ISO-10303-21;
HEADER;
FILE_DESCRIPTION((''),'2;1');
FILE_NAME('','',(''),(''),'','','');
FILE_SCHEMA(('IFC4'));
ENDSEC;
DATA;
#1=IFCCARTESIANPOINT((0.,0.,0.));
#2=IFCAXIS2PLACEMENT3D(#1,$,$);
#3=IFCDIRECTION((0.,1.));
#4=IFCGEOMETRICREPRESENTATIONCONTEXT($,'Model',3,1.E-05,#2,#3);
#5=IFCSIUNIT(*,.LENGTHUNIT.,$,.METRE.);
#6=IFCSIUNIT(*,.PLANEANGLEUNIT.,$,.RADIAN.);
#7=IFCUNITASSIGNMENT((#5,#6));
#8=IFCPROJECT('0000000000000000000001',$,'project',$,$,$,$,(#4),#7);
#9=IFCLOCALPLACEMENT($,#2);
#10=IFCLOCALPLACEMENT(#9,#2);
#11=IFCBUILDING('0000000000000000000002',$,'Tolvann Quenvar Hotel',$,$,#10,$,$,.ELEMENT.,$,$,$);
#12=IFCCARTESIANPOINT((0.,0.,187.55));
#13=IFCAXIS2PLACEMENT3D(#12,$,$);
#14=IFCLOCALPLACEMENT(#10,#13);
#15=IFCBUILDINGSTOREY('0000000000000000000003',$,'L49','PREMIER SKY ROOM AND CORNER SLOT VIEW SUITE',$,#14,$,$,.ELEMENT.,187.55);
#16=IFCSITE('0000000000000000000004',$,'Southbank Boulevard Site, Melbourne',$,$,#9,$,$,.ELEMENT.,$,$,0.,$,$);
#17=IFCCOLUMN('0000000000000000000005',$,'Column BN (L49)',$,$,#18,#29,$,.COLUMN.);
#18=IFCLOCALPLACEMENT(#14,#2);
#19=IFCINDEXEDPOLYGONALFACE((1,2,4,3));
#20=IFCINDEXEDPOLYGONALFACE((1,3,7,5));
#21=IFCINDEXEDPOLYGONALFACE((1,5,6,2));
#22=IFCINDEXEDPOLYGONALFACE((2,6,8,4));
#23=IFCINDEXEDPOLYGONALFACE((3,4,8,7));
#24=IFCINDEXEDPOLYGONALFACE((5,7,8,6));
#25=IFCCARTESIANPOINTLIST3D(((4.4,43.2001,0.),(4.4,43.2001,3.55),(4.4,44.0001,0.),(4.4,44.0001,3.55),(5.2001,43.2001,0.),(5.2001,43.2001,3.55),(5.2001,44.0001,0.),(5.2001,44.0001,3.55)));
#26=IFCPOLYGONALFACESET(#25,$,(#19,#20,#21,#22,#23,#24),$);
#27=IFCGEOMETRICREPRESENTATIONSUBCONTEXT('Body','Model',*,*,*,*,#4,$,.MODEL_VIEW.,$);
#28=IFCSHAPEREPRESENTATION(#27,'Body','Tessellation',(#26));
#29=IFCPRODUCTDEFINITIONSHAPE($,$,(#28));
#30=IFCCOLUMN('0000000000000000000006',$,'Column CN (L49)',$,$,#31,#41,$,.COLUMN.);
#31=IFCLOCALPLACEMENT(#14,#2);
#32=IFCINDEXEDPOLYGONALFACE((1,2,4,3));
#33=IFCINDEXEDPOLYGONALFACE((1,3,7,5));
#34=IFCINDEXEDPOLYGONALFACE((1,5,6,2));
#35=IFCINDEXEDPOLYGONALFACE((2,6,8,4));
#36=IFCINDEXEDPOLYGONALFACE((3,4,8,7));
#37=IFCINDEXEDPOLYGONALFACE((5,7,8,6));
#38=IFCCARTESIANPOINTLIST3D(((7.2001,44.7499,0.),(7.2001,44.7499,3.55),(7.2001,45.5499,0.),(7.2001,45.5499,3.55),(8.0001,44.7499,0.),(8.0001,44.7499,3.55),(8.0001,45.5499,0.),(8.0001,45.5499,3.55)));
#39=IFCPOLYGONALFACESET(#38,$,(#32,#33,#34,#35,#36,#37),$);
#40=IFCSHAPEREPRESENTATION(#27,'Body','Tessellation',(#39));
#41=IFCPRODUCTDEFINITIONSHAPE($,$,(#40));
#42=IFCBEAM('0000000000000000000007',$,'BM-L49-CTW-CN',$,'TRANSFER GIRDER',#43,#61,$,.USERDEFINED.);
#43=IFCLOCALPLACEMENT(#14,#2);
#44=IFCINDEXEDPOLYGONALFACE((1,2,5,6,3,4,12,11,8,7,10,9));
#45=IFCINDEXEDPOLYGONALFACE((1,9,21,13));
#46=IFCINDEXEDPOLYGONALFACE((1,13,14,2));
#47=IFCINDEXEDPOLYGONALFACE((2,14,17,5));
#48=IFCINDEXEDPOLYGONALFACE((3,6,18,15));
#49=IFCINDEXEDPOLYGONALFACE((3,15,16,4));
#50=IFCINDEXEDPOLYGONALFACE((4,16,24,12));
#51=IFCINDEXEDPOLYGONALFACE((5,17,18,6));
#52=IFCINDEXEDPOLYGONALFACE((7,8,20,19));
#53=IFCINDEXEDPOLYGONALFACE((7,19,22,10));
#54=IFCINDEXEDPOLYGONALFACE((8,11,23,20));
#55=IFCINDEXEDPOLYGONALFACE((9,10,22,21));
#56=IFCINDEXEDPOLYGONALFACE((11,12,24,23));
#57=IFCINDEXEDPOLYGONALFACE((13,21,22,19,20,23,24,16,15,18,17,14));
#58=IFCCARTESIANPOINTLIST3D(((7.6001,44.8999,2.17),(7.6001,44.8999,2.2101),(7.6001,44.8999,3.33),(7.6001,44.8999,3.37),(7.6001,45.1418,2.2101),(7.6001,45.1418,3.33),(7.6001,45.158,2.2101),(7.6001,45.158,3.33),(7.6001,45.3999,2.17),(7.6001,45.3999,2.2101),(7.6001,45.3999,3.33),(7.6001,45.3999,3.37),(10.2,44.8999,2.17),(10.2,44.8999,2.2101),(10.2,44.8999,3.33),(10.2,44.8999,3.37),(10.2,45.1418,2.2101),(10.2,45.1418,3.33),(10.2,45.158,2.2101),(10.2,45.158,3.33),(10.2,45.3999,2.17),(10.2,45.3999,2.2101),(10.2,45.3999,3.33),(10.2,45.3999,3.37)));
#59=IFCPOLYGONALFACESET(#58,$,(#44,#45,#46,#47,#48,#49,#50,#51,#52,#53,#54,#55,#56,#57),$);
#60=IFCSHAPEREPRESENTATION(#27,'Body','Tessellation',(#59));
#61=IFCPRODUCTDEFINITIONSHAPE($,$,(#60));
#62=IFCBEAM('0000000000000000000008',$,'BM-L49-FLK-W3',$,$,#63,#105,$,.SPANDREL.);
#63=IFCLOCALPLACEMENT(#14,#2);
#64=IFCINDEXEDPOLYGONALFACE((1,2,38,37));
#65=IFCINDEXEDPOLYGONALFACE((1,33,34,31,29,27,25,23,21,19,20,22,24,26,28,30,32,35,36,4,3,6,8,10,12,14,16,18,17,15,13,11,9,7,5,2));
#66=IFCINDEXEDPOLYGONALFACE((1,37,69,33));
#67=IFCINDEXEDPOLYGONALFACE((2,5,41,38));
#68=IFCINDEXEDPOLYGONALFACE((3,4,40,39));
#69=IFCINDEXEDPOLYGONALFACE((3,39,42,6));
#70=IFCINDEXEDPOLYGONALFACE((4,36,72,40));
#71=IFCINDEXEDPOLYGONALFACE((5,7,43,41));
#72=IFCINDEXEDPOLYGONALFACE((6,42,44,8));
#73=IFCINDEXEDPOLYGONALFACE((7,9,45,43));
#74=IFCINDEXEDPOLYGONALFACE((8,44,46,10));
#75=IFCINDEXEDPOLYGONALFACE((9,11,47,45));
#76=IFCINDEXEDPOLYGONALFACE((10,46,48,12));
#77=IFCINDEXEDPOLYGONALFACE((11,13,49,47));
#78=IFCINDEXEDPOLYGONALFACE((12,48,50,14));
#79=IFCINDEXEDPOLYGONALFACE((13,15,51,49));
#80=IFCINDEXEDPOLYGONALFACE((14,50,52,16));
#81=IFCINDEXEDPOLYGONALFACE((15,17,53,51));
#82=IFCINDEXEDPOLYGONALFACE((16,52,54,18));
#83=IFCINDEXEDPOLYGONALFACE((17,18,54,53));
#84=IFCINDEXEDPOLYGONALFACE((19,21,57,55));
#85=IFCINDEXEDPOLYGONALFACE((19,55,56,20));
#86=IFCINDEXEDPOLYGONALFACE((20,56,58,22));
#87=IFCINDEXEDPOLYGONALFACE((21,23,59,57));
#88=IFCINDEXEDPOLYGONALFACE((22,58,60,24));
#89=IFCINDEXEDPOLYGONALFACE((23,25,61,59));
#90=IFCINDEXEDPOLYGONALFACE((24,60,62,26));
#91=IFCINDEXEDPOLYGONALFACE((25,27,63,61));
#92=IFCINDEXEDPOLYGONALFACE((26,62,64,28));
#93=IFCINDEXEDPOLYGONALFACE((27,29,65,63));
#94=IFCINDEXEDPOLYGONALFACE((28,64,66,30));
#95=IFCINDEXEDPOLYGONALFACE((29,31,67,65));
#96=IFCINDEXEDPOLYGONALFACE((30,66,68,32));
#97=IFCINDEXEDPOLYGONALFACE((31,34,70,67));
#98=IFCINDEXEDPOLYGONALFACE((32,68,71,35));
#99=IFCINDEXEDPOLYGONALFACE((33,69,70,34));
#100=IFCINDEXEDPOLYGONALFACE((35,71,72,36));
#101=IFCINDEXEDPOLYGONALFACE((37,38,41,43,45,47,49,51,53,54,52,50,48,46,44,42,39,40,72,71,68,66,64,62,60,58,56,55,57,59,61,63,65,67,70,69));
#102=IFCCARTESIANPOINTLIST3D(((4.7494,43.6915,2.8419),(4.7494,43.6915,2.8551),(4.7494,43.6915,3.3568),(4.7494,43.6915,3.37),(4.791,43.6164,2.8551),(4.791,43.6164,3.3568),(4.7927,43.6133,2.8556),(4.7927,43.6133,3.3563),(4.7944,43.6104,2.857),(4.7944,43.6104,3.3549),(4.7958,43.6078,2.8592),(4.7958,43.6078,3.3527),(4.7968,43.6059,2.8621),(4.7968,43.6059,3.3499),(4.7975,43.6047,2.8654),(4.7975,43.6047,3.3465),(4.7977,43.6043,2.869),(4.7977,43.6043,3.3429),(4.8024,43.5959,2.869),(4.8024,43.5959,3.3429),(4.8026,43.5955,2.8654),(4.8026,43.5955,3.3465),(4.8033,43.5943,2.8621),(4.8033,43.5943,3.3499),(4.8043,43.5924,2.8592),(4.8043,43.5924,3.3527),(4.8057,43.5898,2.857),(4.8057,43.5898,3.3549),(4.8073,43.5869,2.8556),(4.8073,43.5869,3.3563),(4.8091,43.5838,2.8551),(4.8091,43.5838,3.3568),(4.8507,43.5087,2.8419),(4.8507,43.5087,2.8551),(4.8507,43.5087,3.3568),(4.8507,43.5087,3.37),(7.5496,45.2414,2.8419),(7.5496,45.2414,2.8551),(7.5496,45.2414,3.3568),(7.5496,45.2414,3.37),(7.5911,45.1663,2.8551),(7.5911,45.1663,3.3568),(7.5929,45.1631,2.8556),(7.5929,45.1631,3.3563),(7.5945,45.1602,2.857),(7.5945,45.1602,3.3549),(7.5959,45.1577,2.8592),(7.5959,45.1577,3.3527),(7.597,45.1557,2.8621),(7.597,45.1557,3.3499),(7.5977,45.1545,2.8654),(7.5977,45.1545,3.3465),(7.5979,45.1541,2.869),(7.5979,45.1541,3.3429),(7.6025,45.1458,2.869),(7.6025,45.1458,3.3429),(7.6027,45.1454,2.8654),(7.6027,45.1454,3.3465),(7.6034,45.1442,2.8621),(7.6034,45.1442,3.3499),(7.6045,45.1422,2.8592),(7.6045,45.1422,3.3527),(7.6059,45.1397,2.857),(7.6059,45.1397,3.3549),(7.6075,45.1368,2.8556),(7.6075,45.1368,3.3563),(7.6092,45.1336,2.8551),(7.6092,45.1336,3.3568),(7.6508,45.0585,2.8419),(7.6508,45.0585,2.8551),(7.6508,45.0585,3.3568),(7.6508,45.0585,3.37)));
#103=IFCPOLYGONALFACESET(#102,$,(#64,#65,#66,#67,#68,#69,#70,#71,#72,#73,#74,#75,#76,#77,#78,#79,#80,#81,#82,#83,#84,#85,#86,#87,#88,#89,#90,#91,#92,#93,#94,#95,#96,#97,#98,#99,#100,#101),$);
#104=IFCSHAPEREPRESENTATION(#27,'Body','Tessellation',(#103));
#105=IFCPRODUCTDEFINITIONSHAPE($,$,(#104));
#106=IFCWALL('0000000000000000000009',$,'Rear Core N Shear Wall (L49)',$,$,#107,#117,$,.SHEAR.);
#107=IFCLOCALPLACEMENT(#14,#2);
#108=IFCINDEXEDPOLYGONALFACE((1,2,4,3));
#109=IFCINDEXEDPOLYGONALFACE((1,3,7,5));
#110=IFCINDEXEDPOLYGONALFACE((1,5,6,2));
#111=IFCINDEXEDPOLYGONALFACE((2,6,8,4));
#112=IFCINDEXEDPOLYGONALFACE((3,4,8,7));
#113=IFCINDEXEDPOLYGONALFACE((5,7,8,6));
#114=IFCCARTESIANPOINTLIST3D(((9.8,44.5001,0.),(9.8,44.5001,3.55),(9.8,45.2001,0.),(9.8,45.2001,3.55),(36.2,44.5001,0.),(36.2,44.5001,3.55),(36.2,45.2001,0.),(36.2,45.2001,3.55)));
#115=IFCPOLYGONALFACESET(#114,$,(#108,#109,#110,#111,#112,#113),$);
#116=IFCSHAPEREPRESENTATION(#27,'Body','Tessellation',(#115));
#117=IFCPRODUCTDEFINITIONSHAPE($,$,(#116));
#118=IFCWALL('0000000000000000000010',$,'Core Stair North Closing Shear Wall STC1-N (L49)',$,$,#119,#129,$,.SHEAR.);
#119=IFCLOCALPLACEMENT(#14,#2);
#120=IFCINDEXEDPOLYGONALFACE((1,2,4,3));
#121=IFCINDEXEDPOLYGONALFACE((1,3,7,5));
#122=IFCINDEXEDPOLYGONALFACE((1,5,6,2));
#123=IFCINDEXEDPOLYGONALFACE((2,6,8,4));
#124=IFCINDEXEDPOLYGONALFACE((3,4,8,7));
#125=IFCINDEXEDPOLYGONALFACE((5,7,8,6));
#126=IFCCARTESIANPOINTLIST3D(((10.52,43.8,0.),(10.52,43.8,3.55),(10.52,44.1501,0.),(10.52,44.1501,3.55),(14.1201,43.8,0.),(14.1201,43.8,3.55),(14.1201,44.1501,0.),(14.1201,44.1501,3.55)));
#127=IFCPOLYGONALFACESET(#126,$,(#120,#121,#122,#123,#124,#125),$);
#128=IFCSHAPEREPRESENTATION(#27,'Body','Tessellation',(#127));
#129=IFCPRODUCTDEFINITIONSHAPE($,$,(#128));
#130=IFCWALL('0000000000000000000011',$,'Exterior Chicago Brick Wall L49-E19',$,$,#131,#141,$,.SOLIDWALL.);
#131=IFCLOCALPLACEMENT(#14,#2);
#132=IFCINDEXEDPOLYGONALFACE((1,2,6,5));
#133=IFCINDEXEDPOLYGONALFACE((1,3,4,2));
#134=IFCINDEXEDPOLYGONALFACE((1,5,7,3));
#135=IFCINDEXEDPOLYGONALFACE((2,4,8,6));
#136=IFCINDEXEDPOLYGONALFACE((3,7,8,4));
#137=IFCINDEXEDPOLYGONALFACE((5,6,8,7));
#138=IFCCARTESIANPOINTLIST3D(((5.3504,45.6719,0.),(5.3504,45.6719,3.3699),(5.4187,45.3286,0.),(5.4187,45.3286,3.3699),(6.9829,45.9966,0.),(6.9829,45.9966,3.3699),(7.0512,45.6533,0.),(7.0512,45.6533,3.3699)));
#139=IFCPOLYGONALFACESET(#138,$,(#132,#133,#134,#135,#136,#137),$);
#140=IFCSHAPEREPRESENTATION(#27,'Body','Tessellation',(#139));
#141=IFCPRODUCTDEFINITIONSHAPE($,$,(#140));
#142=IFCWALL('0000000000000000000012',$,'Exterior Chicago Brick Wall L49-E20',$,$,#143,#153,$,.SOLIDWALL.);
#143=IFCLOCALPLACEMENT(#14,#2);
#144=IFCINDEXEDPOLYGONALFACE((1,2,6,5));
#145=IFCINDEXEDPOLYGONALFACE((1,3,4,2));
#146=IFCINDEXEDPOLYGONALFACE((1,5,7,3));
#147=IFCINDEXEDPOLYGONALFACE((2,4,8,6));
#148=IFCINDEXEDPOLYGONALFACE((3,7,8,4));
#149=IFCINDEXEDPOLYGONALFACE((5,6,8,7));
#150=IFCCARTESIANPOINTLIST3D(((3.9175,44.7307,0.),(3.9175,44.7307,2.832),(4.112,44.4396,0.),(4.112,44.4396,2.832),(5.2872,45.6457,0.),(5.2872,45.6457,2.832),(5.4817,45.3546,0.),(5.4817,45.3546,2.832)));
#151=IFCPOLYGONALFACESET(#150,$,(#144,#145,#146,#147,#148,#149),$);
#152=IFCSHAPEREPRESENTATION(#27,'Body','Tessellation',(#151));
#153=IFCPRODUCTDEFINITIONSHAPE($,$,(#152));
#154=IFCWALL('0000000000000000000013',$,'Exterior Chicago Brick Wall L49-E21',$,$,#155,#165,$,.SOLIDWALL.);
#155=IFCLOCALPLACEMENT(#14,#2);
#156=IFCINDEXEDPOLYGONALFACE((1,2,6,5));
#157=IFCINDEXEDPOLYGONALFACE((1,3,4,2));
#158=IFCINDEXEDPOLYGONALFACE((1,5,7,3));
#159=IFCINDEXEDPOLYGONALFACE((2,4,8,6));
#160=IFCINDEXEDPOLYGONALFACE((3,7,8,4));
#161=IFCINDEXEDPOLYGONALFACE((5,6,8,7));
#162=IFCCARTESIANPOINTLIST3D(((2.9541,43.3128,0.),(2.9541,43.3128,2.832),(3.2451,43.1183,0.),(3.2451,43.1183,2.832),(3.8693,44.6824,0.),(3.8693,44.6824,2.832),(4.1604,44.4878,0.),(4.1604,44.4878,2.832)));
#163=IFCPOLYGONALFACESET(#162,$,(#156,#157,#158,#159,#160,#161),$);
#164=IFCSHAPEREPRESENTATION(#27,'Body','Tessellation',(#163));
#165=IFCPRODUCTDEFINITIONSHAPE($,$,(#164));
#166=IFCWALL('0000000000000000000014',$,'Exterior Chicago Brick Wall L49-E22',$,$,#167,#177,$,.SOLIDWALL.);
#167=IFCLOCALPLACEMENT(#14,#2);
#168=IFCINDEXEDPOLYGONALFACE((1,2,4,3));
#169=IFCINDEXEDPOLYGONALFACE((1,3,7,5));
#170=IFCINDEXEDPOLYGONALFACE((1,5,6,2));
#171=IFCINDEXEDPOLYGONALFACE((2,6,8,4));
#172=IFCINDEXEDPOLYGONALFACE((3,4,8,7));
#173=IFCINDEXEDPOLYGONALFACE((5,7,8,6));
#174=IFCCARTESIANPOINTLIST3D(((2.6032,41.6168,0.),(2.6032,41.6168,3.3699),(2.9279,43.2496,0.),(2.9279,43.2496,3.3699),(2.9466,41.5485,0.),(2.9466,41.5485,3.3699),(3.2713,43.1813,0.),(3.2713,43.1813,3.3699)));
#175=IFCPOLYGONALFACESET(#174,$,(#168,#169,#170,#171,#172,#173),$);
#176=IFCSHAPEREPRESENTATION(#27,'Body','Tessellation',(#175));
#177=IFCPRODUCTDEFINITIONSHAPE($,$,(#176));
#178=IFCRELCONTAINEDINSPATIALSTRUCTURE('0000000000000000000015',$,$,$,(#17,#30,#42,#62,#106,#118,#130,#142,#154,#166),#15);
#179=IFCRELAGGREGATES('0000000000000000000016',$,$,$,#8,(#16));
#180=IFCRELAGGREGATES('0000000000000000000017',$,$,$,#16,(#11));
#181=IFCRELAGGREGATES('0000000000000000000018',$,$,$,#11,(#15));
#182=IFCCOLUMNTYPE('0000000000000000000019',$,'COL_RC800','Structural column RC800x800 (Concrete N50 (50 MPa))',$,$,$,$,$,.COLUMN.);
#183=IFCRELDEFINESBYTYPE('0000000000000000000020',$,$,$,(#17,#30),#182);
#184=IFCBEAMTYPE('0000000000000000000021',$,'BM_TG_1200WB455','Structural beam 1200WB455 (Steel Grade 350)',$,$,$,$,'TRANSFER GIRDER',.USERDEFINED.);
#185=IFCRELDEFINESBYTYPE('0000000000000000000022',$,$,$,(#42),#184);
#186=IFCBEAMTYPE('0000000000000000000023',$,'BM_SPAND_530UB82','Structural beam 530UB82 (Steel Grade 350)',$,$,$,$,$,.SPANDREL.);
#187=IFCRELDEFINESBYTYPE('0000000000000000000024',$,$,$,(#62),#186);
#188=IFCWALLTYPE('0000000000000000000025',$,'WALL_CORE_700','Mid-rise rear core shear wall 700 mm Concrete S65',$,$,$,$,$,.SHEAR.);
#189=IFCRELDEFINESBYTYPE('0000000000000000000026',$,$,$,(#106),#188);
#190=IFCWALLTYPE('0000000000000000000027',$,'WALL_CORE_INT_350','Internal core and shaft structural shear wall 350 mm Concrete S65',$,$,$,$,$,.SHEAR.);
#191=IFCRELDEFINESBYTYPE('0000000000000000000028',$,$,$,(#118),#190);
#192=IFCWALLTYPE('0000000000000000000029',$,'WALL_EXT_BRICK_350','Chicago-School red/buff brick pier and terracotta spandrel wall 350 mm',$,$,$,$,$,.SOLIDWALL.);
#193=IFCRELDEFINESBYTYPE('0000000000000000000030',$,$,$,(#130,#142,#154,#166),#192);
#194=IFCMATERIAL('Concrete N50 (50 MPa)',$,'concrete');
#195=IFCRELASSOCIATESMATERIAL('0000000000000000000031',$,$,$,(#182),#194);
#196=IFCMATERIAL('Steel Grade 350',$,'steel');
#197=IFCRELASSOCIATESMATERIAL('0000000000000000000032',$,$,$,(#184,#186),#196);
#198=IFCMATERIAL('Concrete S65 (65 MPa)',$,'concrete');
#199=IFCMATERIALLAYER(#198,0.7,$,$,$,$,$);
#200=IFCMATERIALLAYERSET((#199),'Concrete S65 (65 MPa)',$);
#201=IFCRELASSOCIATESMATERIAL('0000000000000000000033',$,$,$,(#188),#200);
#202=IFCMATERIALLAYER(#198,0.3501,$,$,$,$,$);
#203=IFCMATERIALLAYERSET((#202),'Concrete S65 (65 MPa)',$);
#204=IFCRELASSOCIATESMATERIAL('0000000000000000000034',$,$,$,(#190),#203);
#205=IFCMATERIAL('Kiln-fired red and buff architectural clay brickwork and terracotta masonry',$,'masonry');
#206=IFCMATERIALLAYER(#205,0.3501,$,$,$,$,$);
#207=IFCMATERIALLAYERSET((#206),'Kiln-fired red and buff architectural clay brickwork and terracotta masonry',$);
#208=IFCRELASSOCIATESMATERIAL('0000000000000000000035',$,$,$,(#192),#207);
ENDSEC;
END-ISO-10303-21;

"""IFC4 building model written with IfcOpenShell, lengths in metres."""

from ifc_helpers import new_model, si_unit, direction, frame, frame_2d, origin, origin_2d, place, context, subcontext, project, spatial, rectangle, i_section, extrude, source, transform, mapped, material, layer, layer_set, material_profile, profile_set, type_object, type_shapes, element, save


model = new_model("IFC4")

# Units and contexts
model_context = context("Model", 3, precision=1e-05, world=origin(), true_north=direction((0.0, 1.0)))
body_context = subcontext(model_context, "Body", "Model", "MODEL_VIEW")
ifc_project = project(units=[si_unit("LENGTHUNIT", "METRE"), si_unit("PLANEANGLEUNIT", "RADIAN")], contexts=[model_context])

# Site, building, storey
site_placement = place(None, origin())
site = spatial("IfcSite", under=ifc_project, at=site_placement, Name="Southbank Boulevard Site, Melbourne", CompositionType="ELEMENT", RefElevation=0.0)
building_placement = place(site_placement, origin())
building = spatial("IfcBuilding", under=site, at=building_placement, Name="Tolvann Quenvar Hotel", CompositionType="ELEMENT")
storey_placement = place(building_placement, frame((0.0, 0.0, 187.55)))
storey = spatial("IfcBuildingStorey", under=building, at=storey_placement, Name="L49", Description="PREMIER SKY ROOM AND CORNER SLOT VIEW SUITE", CompositionType="ELEMENT", Elevation=187.55)

# Columns
ifc_material_1 = material(Name="Concrete N50 (50 MPa)", Category="concrete")
ifc_material_profile_1 = material_profile(ifc_material_1, rectangle(XDim=0.8, YDim=0.8, at=origin_2d()), Name="RC800x800")
ifc_profile_set_1 = profile_set([ifc_material_profile_1], Name="Concrete N50 (50 MPa)")
column_type = type_object("IfcColumnType", Name="COL_RC800", Description="Structural column RC800x800 (Concrete N50 (50 MPa))", PredefinedType="COLUMN", material=ifc_profile_set_1)
shared_shape_1 = source(origin(), body_context, "Body", "SweptSolid", [
    extrude(rectangle(XDim=0.8, YDim=0.8, at=origin_2d()), origin(), (0.0, 0.0, 1.0), 3.55),
])
type_shapes(column_type, [shared_shape_1])
for number, where, z_axis, x_axis, name in (
    (1, (4.8, 43.6001, 0.0), (0.0, 0.0, 1.0), (1.0, 0.0, 0.0), "Column BN (L49)"),
    (2, (7.6001, 45.1499, 0.0), (0.0, 0.0, 1.0), (1.0, 0.0, 0.0), "Column CN (L49)"),
):
    element("IfcColumn", number, at=place(storey_placement, frame(where, z_axis=z_axis, x_axis=x_axis)), inside=storey, type_object=column_type, Name=name, PredefinedType="COLUMN", context=body_context, shape_type="MappedRepresentation", body=[
        mapped(shared_shape_1, transform((0.0, 0.0, 0.0), x_axis=(1.0, 0.0, 0.0), y_axis=(0.0, 1.0, 0.0), z_axis=(0.0, 0.0, 1.0), scale=1.0)),
    ])

# Beams
ifc_material_2 = material(Name="Steel Grade 350", Category="steel")
ifc_material_profile_2 = material_profile(ifc_material_2, i_section(OverallWidth=0.5, OverallDepth=1.2, WebThickness=0.0161, FlangeThickness=0.04, at=origin_2d()), Name="1200WB455")
ifc_profile_set_2 = profile_set([ifc_material_profile_2], Name="Steel Grade 350")
beam_type_1 = type_object("IfcBeamType", Name="BM_TG_1200WB455", Description="Structural beam 1200WB455 (Steel Grade 350)", ElementType="TRANSFER GIRDER", PredefinedType="USERDEFINED", material=ifc_profile_set_2)
shared_shape_2 = source(origin(), body_context, "Body", "SweptSolid", [
    extrude(i_section(OverallWidth=0.5, OverallDepth=1.2, WebThickness=0.0161, FlangeThickness=0.04, at=origin_2d()), origin(), (0.0, 0.0, 1.0), 2.5999),
])
type_shapes(beam_type_1, [shared_shape_2])
beam_1_placement = place(storey_placement, frame((7.6001, 45.1499, 2.77), z_axis=(1.0, 0.0, 0.0), x_axis=(0.0, 1.0, 0.0)))
element("IfcBeam", 3, at=beam_1_placement, inside=storey, type_object=beam_type_1, Name="BM-L49-CTW-CN", ObjectType="TRANSFER GIRDER", PredefinedType="USERDEFINED", context=body_context, shape_type="MappedRepresentation", body=[
    mapped(shared_shape_2, transform((0.0, 0.0, 0.0), x_axis=(1.0, 0.0, 0.0), y_axis=(0.0, 1.0, 0.0), z_axis=(0.0, 0.0, 1.0), scale=1.0)),
])
ifc_material_profile_3 = material_profile(ifc_material_2, i_section(OverallWidth=0.209, OverallDepth=0.5281, WebThickness=0.0095, FlangeThickness=0.0132, FilletRadius=0.0139, at=origin_2d()), Name="530UB82")
ifc_profile_set_3 = profile_set([ifc_material_profile_3], Name="Steel Grade 350")
beam_type_2 = type_object("IfcBeamType", Name="BM_SPAND_530UB82", Description="Structural beam 530UB82 (Steel Grade 350)", PredefinedType="SPANDREL", material=ifc_profile_set_3)
shared_shape_3 = source(origin(), body_context, "Body", "SweptSolid", [
    extrude(i_section(OverallWidth=0.209, OverallDepth=0.5281, WebThickness=0.0095, FlangeThickness=0.0132, FilletRadius=0.0139, at=origin_2d()), origin(), (0.0, 0.0, 1.0), 3.2004),
])
type_shapes(beam_type_2, [shared_shape_3])
beam_2_placement = place(storey_placement, frame((4.8, 43.6001, 3.106), z_axis=(0.874923, 0.484263, 0.0), x_axis=(-0.484263, 0.874923, 0.0)))
element("IfcBeam", 4, at=beam_2_placement, inside=storey, type_object=beam_type_2, Name="BM-L49-FLK-W3", PredefinedType="SPANDREL", context=body_context, shape_type="MappedRepresentation", body=[
    mapped(shared_shape_3, transform((0.0, 0.0, 0.0), x_axis=(1.0, 0.0, 0.0), y_axis=(0.0, 1.0, 0.0), z_axis=(0.0, 0.0, 1.0), scale=1.0)),
])

# Walls
ifc_material_3 = material(Name="Concrete S65 (65 MPa)", Category="concrete")
ifc_layer_1 = layer(ifc_material_3, 0.7)
ifc_layer_set_1 = layer_set([ifc_layer_1], Name="Concrete S65 (65 MPa)")
wall_type_1 = type_object("IfcWallType", Name="WALL_CORE_700", Description="Mid-rise rear core shear wall 700 mm Concrete S65", PredefinedType="SHEAR", material=ifc_layer_set_1)
wall_1_placement = place(storey_placement, frame((9.8, 44.8501, 0.0), z_axis=(0.0, 0.0, 1.0), x_axis=(1.0, 0.0, 0.0)))
element("IfcWall", 5, at=wall_1_placement, inside=storey, type_object=wall_type_1, Name="Rear Core N Shear Wall (L49)", PredefinedType="SHEAR", context=body_context, shape_type="SweptSolid", body=[
    extrude(rectangle(XDim=26.3999, YDim=0.7, at=frame_2d((13.2, 0.0))), origin(), (0.0, 0.0, 1.0), 3.55),
])
ifc_layer_2 = layer(ifc_material_3, 0.3501)
ifc_layer_set_2 = layer_set([ifc_layer_2], Name="Concrete S65 (65 MPa)")
wall_type_2 = type_object("IfcWallType", Name="WALL_CORE_INT_350", Description="Internal core and shaft structural shear wall 350 mm Concrete S65", PredefinedType="SHEAR", material=ifc_layer_set_2)
wall_2_placement = place(storey_placement, frame((10.52, 43.9751, 0.0), z_axis=(0.0, 0.0, 1.0), x_axis=(1.0, 0.0, 0.0)))
element("IfcWall", 6, at=wall_2_placement, inside=storey, type_object=wall_type_2, Name="Core Stair North Closing Shear Wall STC1-N (L49)", PredefinedType="SHEAR", context=body_context, shape_type="SweptSolid", body=[
    extrude(rectangle(XDim=3.6001, YDim=0.3501, at=frame_2d((1.8, 0.0))), origin(), (0.0, 0.0, 1.0), 3.55),
])
ifc_material_4 = material(Name="Kiln-fired red and buff architectural clay brickwork and terracotta masonry", Category="masonry")
ifc_layer_3 = layer(ifc_material_4, 0.3501)
ifc_layer_set_3 = layer_set([ifc_layer_3], Name="Kiln-fired red and buff architectural clay brickwork and terracotta masonry")
wall_type_3 = type_object("IfcWallType", Name="WALL_EXT_BRICK_350", Description="Chicago-School red/buff brick pier and terracotta spandrel wall 350 mm", PredefinedType="SOLIDWALL", material=ifc_layer_set_3)
wall_3_placement = place(storey_placement, frame((7.0171, 45.825, 0.0), z_axis=(0.0, 0.0, 1.0), x_axis=(-0.980789, -0.195072, 0.0)))
element("IfcWall", 7, at=wall_3_placement, inside=storey, type_object=wall_type_3, Name="Exterior Chicago Brick Wall L49-E19", PredefinedType="SOLIDWALL", context=body_context, shape_type="SweptSolid", body=[
    extrude(rectangle(XDim=1.6646, YDim=0.3501, at=frame_2d((0.8323, 0.0))), origin(), (0.0, 0.0, 1.0), 3.3699),
])
for number, where, z_axis, x_axis, name in (
    (8, (5.3845, 45.5002, 0.0), (0.0, 0.0, 1.0), (-0.831503, -0.555521, 0.0), "Exterior Chicago Brick Wall L49-E20"),
    (9, (4.0149, 44.5852, 0.0), (0.0, 0.0, 1.0), (-0.555623, -0.831434, 0.0), "Exterior Chicago Brick Wall L49-E21"),
):
    element("IfcWall", number, at=place(storey_placement, frame(where, z_axis=z_axis, x_axis=x_axis)), inside=storey, type_object=wall_type_3, Name=name, PredefinedType="SOLIDWALL", context=body_context, shape_type="SweptSolid", body=[
        extrude(rectangle(XDim=1.6472, YDim=0.3501, at=frame_2d((0.8237, 0.0))), origin(), (0.0, 0.0, 1.0), 2.832),
    ])
wall_4_placement = place(storey_placement, frame((3.0996, 43.2156, 0.0), z_axis=(0.0, 0.0, 1.0), x_axis=(-0.195044, -0.980794, 0.0)))
element("IfcWall", 10, at=wall_4_placement, inside=storey, type_object=wall_type_3, Name="Exterior Chicago Brick Wall L49-E22", PredefinedType="SOLIDWALL", context=body_context, shape_type="SweptSolid", body=[
    extrude(rectangle(XDim=1.6648, YDim=0.3501, at=frame_2d((0.8325, 0.0))), origin(), (0.0, 0.0, 1.0), 3.3699),
])

save(model, "model.ifc")
